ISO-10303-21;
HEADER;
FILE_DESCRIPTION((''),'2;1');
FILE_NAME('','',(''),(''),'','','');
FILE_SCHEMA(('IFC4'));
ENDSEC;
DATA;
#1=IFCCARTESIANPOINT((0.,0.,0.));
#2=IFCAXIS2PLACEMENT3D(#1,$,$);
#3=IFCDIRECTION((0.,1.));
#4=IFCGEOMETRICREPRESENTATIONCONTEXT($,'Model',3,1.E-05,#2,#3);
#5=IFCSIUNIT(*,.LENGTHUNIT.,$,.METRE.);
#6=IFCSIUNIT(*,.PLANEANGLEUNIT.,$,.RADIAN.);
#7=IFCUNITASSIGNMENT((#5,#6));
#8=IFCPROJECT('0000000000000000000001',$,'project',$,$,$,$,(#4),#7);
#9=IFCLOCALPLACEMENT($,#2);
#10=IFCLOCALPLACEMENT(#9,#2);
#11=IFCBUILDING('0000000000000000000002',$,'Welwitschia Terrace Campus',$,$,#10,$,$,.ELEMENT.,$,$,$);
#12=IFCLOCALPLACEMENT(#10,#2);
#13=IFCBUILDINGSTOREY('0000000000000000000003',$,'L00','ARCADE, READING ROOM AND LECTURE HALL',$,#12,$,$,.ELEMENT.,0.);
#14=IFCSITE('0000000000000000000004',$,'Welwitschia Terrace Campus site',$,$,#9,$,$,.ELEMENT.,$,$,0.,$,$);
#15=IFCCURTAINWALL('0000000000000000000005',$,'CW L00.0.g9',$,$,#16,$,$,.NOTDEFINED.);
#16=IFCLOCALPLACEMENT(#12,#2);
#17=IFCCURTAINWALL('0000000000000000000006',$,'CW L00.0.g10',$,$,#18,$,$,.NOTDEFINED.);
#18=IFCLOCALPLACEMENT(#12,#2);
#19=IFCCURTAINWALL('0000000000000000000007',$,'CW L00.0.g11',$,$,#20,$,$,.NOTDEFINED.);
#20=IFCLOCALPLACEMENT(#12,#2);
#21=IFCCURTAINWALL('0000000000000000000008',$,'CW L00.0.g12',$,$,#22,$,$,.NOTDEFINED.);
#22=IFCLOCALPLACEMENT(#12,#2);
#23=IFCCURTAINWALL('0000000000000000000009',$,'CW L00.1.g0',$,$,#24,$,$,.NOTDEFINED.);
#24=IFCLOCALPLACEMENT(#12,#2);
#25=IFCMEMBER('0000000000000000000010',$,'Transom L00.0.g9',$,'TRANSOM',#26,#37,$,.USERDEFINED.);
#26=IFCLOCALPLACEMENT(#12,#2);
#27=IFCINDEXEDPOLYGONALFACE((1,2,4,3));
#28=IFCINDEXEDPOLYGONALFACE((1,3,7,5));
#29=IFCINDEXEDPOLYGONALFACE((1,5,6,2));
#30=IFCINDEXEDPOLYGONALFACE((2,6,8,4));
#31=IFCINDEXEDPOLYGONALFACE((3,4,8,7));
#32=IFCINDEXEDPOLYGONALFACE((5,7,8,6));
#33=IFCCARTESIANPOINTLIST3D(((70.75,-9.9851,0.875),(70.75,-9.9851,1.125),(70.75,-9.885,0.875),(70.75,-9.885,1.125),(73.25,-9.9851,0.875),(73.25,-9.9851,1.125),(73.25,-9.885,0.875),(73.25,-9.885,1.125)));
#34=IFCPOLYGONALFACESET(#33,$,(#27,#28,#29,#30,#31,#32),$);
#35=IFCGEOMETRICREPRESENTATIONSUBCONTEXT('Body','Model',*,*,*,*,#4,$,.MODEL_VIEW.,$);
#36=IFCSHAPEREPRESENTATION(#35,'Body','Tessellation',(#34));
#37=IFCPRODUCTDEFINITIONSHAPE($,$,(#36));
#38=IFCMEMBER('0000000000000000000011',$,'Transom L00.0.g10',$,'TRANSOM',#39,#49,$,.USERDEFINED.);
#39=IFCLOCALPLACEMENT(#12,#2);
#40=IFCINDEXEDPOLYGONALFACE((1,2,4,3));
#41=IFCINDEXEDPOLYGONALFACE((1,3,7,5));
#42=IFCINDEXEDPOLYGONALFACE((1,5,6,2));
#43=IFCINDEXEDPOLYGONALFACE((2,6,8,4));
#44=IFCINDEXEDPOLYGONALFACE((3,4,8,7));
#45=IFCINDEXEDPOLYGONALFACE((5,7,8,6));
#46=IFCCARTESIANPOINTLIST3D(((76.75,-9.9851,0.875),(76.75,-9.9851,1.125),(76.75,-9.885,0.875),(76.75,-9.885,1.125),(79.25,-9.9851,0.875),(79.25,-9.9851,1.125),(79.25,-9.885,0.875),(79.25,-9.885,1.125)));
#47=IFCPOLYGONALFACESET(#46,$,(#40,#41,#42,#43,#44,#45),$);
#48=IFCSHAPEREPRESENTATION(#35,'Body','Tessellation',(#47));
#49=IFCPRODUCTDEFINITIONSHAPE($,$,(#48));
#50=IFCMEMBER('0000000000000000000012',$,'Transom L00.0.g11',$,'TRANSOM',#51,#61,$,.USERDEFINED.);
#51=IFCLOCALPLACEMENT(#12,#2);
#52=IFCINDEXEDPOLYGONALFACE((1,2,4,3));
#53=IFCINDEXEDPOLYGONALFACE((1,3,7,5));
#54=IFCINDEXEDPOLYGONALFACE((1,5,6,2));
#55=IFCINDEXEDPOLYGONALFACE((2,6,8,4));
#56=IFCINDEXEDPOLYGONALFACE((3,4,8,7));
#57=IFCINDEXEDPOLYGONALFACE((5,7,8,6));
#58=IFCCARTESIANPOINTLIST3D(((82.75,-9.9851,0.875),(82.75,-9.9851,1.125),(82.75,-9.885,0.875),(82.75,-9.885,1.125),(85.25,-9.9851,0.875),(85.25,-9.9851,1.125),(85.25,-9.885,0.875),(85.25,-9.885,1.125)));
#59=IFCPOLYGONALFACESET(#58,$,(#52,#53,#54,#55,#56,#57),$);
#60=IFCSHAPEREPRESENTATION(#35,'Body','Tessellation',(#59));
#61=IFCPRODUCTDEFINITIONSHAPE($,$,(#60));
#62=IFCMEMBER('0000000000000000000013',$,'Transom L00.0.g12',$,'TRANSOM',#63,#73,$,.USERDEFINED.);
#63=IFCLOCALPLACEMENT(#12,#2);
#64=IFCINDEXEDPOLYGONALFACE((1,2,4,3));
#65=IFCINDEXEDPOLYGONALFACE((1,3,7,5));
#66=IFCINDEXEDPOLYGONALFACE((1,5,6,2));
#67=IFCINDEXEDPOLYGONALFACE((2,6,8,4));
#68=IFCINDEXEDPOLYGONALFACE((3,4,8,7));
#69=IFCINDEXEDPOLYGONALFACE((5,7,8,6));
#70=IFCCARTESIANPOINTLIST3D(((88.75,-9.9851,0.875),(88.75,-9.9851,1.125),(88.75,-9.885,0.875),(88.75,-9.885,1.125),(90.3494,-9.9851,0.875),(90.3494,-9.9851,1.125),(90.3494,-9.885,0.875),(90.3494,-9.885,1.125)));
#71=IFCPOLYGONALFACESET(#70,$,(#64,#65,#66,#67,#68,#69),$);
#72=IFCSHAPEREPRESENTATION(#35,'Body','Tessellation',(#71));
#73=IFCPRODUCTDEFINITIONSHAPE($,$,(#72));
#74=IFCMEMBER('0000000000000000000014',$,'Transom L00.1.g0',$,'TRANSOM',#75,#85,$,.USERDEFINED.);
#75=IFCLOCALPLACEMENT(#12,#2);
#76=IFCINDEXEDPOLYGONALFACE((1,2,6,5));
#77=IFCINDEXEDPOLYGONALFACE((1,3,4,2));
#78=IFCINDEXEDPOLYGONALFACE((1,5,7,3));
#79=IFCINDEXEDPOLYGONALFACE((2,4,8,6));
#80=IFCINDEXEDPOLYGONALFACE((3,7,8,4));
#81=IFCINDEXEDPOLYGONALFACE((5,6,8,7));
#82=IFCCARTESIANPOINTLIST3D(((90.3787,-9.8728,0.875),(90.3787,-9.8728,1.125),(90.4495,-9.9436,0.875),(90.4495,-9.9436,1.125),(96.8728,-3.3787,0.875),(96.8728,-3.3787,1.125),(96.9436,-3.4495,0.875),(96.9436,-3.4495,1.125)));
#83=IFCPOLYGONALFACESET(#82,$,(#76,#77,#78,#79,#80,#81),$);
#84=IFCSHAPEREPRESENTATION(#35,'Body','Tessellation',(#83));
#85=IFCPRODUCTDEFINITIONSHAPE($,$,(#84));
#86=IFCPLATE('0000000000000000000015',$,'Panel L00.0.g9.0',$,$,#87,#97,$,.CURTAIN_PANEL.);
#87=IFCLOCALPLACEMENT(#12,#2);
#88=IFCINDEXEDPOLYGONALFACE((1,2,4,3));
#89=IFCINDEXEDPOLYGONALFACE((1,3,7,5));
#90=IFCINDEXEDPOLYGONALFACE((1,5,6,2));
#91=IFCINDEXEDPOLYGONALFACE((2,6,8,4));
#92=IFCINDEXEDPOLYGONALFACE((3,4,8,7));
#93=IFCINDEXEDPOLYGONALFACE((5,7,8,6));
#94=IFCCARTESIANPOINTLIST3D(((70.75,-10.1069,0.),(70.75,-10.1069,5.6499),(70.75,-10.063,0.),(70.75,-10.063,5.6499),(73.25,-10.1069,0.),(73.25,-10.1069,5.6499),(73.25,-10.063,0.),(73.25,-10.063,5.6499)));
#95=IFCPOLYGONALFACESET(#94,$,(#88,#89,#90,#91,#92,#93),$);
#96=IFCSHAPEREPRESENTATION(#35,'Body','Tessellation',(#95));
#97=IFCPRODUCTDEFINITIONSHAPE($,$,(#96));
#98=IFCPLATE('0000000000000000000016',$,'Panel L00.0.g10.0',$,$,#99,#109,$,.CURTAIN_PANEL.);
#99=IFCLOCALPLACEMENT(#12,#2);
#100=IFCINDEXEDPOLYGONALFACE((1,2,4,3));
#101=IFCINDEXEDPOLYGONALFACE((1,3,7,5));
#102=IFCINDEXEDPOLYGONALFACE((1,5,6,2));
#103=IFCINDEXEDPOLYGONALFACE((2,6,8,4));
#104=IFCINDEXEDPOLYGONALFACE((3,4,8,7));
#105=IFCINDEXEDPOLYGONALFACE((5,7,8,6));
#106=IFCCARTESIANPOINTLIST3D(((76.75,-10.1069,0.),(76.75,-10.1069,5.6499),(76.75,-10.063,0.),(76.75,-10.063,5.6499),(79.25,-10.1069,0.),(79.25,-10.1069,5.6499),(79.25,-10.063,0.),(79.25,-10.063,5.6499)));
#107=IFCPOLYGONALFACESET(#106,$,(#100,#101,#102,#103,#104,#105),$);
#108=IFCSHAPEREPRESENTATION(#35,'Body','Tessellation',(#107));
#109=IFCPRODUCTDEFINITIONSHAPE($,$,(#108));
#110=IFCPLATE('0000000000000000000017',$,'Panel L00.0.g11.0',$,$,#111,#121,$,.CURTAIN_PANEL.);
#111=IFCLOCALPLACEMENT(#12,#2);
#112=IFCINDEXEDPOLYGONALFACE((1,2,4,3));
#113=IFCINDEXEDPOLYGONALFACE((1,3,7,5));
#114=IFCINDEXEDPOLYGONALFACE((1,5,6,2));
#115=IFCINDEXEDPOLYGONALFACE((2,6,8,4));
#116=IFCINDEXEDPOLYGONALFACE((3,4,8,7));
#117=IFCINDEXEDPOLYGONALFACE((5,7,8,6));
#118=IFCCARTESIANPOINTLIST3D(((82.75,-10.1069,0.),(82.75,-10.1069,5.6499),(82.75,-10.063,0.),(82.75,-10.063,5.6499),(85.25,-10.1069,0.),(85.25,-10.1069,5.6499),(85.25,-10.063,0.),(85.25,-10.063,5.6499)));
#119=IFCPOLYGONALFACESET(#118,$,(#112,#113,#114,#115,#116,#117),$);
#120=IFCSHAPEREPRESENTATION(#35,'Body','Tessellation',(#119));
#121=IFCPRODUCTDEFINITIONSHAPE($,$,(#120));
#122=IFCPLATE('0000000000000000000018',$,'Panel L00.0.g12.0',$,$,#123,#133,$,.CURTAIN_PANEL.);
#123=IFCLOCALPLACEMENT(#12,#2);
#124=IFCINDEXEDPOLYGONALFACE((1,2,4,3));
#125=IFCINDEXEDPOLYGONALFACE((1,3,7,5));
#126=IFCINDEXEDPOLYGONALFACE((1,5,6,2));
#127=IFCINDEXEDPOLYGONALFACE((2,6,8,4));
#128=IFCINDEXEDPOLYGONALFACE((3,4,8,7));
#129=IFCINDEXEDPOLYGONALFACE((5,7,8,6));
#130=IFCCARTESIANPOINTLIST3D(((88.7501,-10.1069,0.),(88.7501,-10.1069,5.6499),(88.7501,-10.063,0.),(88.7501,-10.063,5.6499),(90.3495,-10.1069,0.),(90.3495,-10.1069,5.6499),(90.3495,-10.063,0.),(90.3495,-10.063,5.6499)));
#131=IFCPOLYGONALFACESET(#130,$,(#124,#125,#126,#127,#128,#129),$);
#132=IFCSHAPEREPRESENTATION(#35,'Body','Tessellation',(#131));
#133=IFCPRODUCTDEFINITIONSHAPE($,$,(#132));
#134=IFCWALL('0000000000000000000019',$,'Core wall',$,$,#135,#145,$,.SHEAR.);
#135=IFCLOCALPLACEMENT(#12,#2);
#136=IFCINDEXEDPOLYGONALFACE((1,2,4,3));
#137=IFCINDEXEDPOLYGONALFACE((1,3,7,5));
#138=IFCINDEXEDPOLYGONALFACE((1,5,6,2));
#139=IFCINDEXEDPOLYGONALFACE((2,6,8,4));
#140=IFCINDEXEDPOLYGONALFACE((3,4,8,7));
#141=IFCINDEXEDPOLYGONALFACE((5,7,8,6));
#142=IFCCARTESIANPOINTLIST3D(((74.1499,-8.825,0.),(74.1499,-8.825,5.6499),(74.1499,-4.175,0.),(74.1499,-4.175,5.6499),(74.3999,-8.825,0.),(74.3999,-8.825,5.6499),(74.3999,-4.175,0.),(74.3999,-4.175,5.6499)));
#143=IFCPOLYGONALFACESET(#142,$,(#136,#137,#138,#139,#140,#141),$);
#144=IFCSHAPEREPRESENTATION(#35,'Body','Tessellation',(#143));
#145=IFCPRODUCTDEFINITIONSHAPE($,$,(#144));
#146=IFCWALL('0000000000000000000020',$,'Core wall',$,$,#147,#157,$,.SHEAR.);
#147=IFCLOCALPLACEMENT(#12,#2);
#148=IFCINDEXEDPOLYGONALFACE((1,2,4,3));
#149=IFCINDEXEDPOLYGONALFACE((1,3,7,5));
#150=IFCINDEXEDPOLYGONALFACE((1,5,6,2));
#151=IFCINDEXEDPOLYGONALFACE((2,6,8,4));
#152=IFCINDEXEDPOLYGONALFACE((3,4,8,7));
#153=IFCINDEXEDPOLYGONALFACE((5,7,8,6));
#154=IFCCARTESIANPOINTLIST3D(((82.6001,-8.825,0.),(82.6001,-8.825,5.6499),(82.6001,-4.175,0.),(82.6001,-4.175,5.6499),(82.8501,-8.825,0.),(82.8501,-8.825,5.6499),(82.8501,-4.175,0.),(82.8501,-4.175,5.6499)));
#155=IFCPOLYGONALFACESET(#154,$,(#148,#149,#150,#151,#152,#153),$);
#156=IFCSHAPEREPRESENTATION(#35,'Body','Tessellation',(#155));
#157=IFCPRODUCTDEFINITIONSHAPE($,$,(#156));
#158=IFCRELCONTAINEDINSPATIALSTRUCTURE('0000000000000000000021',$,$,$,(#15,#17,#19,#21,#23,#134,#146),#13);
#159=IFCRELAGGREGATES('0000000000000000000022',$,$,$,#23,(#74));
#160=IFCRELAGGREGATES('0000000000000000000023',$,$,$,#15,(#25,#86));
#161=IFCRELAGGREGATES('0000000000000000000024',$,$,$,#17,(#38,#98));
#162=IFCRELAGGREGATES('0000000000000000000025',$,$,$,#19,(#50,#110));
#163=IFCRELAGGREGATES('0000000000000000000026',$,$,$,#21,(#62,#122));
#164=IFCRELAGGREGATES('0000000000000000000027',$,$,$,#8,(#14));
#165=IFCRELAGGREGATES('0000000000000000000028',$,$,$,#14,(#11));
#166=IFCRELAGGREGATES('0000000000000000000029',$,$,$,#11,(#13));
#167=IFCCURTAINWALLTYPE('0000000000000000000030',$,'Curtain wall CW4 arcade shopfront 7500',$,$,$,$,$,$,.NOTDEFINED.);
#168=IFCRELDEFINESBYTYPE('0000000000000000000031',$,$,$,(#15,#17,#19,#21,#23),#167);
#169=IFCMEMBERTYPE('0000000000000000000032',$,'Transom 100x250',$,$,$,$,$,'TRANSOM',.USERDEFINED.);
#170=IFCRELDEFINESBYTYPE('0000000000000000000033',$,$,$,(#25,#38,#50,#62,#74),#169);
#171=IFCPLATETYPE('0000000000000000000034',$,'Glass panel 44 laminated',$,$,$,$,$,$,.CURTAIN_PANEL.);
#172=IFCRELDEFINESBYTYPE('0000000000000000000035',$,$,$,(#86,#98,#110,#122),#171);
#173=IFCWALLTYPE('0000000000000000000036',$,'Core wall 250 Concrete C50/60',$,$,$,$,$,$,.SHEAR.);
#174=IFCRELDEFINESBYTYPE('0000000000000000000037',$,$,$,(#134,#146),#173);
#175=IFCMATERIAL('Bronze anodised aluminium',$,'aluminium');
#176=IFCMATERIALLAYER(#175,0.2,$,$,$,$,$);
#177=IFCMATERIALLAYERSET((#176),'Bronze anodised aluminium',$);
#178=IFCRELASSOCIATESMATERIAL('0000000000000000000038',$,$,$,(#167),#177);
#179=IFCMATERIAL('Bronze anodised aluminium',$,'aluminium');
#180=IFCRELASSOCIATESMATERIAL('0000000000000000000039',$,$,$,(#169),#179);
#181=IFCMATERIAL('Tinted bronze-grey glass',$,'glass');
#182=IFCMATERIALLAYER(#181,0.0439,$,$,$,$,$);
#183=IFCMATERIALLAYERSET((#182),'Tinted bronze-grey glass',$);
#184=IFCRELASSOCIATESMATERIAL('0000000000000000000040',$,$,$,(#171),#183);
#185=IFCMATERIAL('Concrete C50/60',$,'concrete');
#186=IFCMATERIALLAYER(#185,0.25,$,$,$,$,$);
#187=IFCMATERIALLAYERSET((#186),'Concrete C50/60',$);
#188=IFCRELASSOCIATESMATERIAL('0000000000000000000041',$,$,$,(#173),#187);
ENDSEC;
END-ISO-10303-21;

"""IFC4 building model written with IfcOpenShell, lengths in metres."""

from ifc_helpers import new_model, si_unit, direction, frame, frame_2d, origin, origin_2d, place, context, subcontext, project, spatial, rectangle, extrude, material, layer, layer_set, material_profile, profile_set, type_object, element, aggregate, save


model = new_model("IFC4")

# Units and contexts
model_context = context("Model", 3, precision=1e-05, world=origin(), true_north=direction((0.0, 1.0)))
body_context = subcontext(model_context, "Body", "Model", "MODEL_VIEW")
ifc_project = project(units=[si_unit("LENGTHUNIT", "METRE"), si_unit("PLANEANGLEUNIT", "RADIAN")], contexts=[model_context])

# Site, building, storey
site_placement = place(None, origin())
site = spatial("IfcSite", under=ifc_project, at=site_placement, Name="Welwitschia Terrace Campus site", CompositionType="ELEMENT", RefElevation=0.0)
building_placement = place(site_placement, origin())
building = spatial("IfcBuilding", under=site, at=building_placement, Name="Welwitschia Terrace Campus", CompositionType="ELEMENT")
storey_placement = place(building_placement, origin())
storey = spatial("IfcBuildingStorey", under=building, at=storey_placement, Name="L00", Description="ARCADE, READING ROOM AND LECTURE HALL", CompositionType="ELEMENT", Elevation=0.0)

# Curtain walls
ifc_material_1 = material(Name="Bronze anodised aluminium", Category="aluminium")
ifc_layer_1 = layer(ifc_material_1, 0.2)
ifc_layer_set_1 = layer_set([ifc_layer_1], Name="Bronze anodised aluminium")
curtain_wall_type = type_object("IfcCurtainWallType", Name="Curtain wall CW4 arcade shopfront 7500", PredefinedType="NOTDEFINED", material=ifc_layer_set_1)
curtain_wall_1_placement = place(storey_placement, origin())
curtain_wall_1 = element("IfcCurtainWall", 1, at=curtain_wall_1_placement, inside=storey, type_object=curtain_wall_type, Name="CW L00.0.g9", PredefinedType="NOTDEFINED")
curtain_wall_2_placement = place(storey_placement, origin())
curtain_wall_2 = element("IfcCurtainWall", 2, at=curtain_wall_2_placement, inside=storey, type_object=curtain_wall_type, Name="CW L00.0.g10", PredefinedType="NOTDEFINED")
curtain_wall_3_placement = place(storey_placement, origin())
curtain_wall_3 = element("IfcCurtainWall", 3, at=curtain_wall_3_placement, inside=storey, type_object=curtain_wall_type, Name="CW L00.0.g11", PredefinedType="NOTDEFINED")
curtain_wall_4_placement = place(storey_placement, origin())
curtain_wall_4 = element("IfcCurtainWall", 4, at=curtain_wall_4_placement, inside=storey, type_object=curtain_wall_type, Name="CW L00.0.g12", PredefinedType="NOTDEFINED")

# Curtain wall
curtain_wall_5_placement = place(storey_placement, origin())
curtain_wall_5 = element("IfcCurtainWall", 5, at=curtain_wall_5_placement, inside=storey, type_object=curtain_wall_type, Name="CW L00.1.g0", PredefinedType="NOTDEFINED")

# Members
ifc_material_2 = material(Name="Bronze anodised aluminium", Category="aluminium")
ifc_material_profile_1 = material_profile(ifc_material_2, rectangle(XDim=0.1001, YDim=0.25, at=origin_2d()))
ifc_profile_set_1 = profile_set([ifc_material_profile_1], Name="Bronze anodised aluminium")
member_type_1 = type_object("IfcMemberType", Name="Transom 100x250", ElementType="TRANSOM", PredefinedType="USERDEFINED", material=ifc_profile_set_1)
member_1_placement = place(storey_placement, frame((70.75, -9.9351, 1.0), z_axis=(1.0, 0.0, 0.0), x_axis=(0.0, 1.0, 0.0)))
member_1 = element("IfcMember", 6, at=member_1_placement, type_object=member_type_1, Name="Transom L00.0.g9", ObjectType="TRANSOM", PredefinedType="USERDEFINED", context=body_context, shape_type="SweptSolid", body=[
    extrude(rectangle(XDim=0.1001, YDim=0.25, at=origin_2d()), origin(), (0.0, 0.0, 1.0), 2.5),
])
member_2_placement = place(storey_placement, frame((76.75, -9.9351, 1.0), z_axis=(1.0, 0.0, 0.0), x_axis=(0.0, 1.0, 0.0)))
member_2 = element("IfcMember", 7, at=member_2_placement, type_object=member_type_1, Name="Transom L00.0.g10", ObjectType="TRANSOM", PredefinedType="USERDEFINED", context=body_context, shape_type="SweptSolid", body=[
    extrude(rectangle(XDim=0.1001, YDim=0.25, at=origin_2d()), origin(), (0.0, 0.0, 1.0), 2.5),
])
member_3_placement = place(storey_placement, frame((82.75, -9.9351, 1.0), z_axis=(1.0, 0.0, 0.0), x_axis=(0.0, 1.0, 0.0)))
member_3 = element("IfcMember", 8, at=member_3_placement, type_object=member_type_1, Name="Transom L00.0.g11", ObjectType="TRANSOM", PredefinedType="USERDEFINED", context=body_context, shape_type="SweptSolid", body=[
    extrude(rectangle(XDim=0.1001, YDim=0.25, at=origin_2d()), origin(), (0.0, 0.0, 1.0), 2.5),
])
member_4_placement = place(storey_placement, frame((88.75, -9.9351, 1.0), z_axis=(1.0, 0.0, 0.0), x_axis=(0.0, 1.0, 0.0)))
member_4 = element("IfcMember", 9, at=member_4_placement, type_object=member_type_1, Name="Transom L00.0.g12", ObjectType="TRANSOM", PredefinedType="USERDEFINED", context=body_context, shape_type="SweptSolid", body=[
    extrude(rectangle(XDim=0.1001, YDim=0.25, at=origin_2d()), origin(), (0.0, 0.0, 1.0), 1.5994),
])
member_5_placement = place(storey_placement, frame((90.4141, -9.9082, 1.0), z_axis=(0.707107, 0.707107, 0.0), x_axis=(-0.707107, 0.707107, 0.0)))
member_5 = element("IfcMember", 10, at=member_5_placement, type_object=member_type_1, Name="Transom L00.1.g0", ObjectType="TRANSOM", PredefinedType="USERDEFINED", context=body_context, shape_type="SweptSolid", body=[
    extrude(rectangle(XDim=0.1001, YDim=0.25, at=origin_2d()), origin(), (0.0, 0.0, 1.0), 9.1841),
])
aggregate(curtain_wall_5, [member_5])

# Plates
ifc_material_3 = material(Name="Tinted bronze-grey glass", Category="glass")
ifc_layer_2 = layer(ifc_material_3, 0.0439)
ifc_layer_set_2 = layer_set([ifc_layer_2], Name="Tinted bronze-grey glass")
plate_type = type_object("IfcPlateType", Name="Glass panel 44 laminated", PredefinedType="CURTAIN_PANEL", material=ifc_layer_set_2)
plate_1_placement = place(storey_placement, frame((72.0, -10.085, 0.0), z_axis=(0.0, 0.0, 1.0), x_axis=(1.0, 0.0, 0.0)))
plate_1 = element("IfcPlate", 11, at=plate_1_placement, type_object=plate_type, Name="Panel L00.0.g9.0", PredefinedType="CURTAIN_PANEL", context=body_context, shape_type="SweptSolid", body=[
    extrude(rectangle(XDim=2.5, YDim=0.0439, at=origin_2d()), origin(), (0.0, 0.0, 1.0), 5.6499),
])
aggregate(curtain_wall_1, [member_1, plate_1])
plate_2_placement = place(storey_placement, frame((78.0, -10.085, 0.0), z_axis=(0.0, 0.0, 1.0), x_axis=(1.0, 0.0, 0.0)))
plate_2 = element("IfcPlate", 12, at=plate_2_placement, type_object=plate_type, Name="Panel L00.0.g10.0", PredefinedType="CURTAIN_PANEL", context=body_context, shape_type="SweptSolid", body=[
    extrude(rectangle(XDim=2.5, YDim=0.0439, at=origin_2d()), origin(), (0.0, 0.0, 1.0), 5.6499),
])
aggregate(curtain_wall_2, [member_2, plate_2])
plate_3_placement = place(storey_placement, frame((84.0, -10.085, 0.0), z_axis=(0.0, 0.0, 1.0), x_axis=(1.0, 0.0, 0.0)))
plate_3 = element("IfcPlate", 13, at=plate_3_placement, type_object=plate_type, Name="Panel L00.0.g11.0", PredefinedType="CURTAIN_PANEL", context=body_context, shape_type="SweptSolid", body=[
    extrude(rectangle(XDim=2.5, YDim=0.0439, at=origin_2d()), origin(), (0.0, 0.0, 1.0), 5.6499),
])
aggregate(curtain_wall_3, [member_3, plate_3])
plate_4_placement = place(storey_placement, frame((89.5498, -10.085, 0.0), z_axis=(0.0, 0.0, 1.0), x_axis=(1.0, 0.0, 0.0)))
plate_4 = element("IfcPlate", 14, at=plate_4_placement, type_object=plate_type, Name="Panel L00.0.g12.0", PredefinedType="CURTAIN_PANEL", context=body_context, shape_type="SweptSolid", body=[
    extrude(rectangle(XDim=1.5994, YDim=0.0439, at=origin_2d()), origin(), (0.0, 0.0, 1.0), 5.6499),
])
aggregate(curtain_wall_4, [member_4, plate_4])

# Walls
ifc_material_4 = material(Name="Concrete C50/60", Category="concrete")
ifc_layer_3 = layer(ifc_material_4, 0.25)
ifc_layer_set_3 = layer_set([ifc_layer_3], Name="Concrete C50/60")
wall_type_1 = type_object("IfcWallType", Name="Core wall 250 Concrete C50/60", PredefinedType="SHEAR", material=ifc_layer_set_3)
for number, where, z_axis, x_axis, name in (
    (15, (74.2749, -8.825, 0.0), (0.0, 0.0, 1.0), (0.0, 1.0, 0.0), "Core wall"),
    (16, (82.7251, -8.825, 0.0), (0.0, 0.0, 1.0), (0.0, 1.0, 0.0), "Core wall"),
):
    element("IfcWall", number, at=place(storey_placement, frame(where, z_axis=z_axis, x_axis=x_axis)), inside=storey, type_object=wall_type_1, Name=name, PredefinedType="SHEAR", context=body_context, shape_type="SweptSolid", body=[
        extrude(rectangle(XDim=4.6499, YDim=0.25, at=frame_2d((2.325, 0.0))), origin(), (0.0, 0.0, 1.0), 5.6499),
    ])

save(model, "model.ifc")
